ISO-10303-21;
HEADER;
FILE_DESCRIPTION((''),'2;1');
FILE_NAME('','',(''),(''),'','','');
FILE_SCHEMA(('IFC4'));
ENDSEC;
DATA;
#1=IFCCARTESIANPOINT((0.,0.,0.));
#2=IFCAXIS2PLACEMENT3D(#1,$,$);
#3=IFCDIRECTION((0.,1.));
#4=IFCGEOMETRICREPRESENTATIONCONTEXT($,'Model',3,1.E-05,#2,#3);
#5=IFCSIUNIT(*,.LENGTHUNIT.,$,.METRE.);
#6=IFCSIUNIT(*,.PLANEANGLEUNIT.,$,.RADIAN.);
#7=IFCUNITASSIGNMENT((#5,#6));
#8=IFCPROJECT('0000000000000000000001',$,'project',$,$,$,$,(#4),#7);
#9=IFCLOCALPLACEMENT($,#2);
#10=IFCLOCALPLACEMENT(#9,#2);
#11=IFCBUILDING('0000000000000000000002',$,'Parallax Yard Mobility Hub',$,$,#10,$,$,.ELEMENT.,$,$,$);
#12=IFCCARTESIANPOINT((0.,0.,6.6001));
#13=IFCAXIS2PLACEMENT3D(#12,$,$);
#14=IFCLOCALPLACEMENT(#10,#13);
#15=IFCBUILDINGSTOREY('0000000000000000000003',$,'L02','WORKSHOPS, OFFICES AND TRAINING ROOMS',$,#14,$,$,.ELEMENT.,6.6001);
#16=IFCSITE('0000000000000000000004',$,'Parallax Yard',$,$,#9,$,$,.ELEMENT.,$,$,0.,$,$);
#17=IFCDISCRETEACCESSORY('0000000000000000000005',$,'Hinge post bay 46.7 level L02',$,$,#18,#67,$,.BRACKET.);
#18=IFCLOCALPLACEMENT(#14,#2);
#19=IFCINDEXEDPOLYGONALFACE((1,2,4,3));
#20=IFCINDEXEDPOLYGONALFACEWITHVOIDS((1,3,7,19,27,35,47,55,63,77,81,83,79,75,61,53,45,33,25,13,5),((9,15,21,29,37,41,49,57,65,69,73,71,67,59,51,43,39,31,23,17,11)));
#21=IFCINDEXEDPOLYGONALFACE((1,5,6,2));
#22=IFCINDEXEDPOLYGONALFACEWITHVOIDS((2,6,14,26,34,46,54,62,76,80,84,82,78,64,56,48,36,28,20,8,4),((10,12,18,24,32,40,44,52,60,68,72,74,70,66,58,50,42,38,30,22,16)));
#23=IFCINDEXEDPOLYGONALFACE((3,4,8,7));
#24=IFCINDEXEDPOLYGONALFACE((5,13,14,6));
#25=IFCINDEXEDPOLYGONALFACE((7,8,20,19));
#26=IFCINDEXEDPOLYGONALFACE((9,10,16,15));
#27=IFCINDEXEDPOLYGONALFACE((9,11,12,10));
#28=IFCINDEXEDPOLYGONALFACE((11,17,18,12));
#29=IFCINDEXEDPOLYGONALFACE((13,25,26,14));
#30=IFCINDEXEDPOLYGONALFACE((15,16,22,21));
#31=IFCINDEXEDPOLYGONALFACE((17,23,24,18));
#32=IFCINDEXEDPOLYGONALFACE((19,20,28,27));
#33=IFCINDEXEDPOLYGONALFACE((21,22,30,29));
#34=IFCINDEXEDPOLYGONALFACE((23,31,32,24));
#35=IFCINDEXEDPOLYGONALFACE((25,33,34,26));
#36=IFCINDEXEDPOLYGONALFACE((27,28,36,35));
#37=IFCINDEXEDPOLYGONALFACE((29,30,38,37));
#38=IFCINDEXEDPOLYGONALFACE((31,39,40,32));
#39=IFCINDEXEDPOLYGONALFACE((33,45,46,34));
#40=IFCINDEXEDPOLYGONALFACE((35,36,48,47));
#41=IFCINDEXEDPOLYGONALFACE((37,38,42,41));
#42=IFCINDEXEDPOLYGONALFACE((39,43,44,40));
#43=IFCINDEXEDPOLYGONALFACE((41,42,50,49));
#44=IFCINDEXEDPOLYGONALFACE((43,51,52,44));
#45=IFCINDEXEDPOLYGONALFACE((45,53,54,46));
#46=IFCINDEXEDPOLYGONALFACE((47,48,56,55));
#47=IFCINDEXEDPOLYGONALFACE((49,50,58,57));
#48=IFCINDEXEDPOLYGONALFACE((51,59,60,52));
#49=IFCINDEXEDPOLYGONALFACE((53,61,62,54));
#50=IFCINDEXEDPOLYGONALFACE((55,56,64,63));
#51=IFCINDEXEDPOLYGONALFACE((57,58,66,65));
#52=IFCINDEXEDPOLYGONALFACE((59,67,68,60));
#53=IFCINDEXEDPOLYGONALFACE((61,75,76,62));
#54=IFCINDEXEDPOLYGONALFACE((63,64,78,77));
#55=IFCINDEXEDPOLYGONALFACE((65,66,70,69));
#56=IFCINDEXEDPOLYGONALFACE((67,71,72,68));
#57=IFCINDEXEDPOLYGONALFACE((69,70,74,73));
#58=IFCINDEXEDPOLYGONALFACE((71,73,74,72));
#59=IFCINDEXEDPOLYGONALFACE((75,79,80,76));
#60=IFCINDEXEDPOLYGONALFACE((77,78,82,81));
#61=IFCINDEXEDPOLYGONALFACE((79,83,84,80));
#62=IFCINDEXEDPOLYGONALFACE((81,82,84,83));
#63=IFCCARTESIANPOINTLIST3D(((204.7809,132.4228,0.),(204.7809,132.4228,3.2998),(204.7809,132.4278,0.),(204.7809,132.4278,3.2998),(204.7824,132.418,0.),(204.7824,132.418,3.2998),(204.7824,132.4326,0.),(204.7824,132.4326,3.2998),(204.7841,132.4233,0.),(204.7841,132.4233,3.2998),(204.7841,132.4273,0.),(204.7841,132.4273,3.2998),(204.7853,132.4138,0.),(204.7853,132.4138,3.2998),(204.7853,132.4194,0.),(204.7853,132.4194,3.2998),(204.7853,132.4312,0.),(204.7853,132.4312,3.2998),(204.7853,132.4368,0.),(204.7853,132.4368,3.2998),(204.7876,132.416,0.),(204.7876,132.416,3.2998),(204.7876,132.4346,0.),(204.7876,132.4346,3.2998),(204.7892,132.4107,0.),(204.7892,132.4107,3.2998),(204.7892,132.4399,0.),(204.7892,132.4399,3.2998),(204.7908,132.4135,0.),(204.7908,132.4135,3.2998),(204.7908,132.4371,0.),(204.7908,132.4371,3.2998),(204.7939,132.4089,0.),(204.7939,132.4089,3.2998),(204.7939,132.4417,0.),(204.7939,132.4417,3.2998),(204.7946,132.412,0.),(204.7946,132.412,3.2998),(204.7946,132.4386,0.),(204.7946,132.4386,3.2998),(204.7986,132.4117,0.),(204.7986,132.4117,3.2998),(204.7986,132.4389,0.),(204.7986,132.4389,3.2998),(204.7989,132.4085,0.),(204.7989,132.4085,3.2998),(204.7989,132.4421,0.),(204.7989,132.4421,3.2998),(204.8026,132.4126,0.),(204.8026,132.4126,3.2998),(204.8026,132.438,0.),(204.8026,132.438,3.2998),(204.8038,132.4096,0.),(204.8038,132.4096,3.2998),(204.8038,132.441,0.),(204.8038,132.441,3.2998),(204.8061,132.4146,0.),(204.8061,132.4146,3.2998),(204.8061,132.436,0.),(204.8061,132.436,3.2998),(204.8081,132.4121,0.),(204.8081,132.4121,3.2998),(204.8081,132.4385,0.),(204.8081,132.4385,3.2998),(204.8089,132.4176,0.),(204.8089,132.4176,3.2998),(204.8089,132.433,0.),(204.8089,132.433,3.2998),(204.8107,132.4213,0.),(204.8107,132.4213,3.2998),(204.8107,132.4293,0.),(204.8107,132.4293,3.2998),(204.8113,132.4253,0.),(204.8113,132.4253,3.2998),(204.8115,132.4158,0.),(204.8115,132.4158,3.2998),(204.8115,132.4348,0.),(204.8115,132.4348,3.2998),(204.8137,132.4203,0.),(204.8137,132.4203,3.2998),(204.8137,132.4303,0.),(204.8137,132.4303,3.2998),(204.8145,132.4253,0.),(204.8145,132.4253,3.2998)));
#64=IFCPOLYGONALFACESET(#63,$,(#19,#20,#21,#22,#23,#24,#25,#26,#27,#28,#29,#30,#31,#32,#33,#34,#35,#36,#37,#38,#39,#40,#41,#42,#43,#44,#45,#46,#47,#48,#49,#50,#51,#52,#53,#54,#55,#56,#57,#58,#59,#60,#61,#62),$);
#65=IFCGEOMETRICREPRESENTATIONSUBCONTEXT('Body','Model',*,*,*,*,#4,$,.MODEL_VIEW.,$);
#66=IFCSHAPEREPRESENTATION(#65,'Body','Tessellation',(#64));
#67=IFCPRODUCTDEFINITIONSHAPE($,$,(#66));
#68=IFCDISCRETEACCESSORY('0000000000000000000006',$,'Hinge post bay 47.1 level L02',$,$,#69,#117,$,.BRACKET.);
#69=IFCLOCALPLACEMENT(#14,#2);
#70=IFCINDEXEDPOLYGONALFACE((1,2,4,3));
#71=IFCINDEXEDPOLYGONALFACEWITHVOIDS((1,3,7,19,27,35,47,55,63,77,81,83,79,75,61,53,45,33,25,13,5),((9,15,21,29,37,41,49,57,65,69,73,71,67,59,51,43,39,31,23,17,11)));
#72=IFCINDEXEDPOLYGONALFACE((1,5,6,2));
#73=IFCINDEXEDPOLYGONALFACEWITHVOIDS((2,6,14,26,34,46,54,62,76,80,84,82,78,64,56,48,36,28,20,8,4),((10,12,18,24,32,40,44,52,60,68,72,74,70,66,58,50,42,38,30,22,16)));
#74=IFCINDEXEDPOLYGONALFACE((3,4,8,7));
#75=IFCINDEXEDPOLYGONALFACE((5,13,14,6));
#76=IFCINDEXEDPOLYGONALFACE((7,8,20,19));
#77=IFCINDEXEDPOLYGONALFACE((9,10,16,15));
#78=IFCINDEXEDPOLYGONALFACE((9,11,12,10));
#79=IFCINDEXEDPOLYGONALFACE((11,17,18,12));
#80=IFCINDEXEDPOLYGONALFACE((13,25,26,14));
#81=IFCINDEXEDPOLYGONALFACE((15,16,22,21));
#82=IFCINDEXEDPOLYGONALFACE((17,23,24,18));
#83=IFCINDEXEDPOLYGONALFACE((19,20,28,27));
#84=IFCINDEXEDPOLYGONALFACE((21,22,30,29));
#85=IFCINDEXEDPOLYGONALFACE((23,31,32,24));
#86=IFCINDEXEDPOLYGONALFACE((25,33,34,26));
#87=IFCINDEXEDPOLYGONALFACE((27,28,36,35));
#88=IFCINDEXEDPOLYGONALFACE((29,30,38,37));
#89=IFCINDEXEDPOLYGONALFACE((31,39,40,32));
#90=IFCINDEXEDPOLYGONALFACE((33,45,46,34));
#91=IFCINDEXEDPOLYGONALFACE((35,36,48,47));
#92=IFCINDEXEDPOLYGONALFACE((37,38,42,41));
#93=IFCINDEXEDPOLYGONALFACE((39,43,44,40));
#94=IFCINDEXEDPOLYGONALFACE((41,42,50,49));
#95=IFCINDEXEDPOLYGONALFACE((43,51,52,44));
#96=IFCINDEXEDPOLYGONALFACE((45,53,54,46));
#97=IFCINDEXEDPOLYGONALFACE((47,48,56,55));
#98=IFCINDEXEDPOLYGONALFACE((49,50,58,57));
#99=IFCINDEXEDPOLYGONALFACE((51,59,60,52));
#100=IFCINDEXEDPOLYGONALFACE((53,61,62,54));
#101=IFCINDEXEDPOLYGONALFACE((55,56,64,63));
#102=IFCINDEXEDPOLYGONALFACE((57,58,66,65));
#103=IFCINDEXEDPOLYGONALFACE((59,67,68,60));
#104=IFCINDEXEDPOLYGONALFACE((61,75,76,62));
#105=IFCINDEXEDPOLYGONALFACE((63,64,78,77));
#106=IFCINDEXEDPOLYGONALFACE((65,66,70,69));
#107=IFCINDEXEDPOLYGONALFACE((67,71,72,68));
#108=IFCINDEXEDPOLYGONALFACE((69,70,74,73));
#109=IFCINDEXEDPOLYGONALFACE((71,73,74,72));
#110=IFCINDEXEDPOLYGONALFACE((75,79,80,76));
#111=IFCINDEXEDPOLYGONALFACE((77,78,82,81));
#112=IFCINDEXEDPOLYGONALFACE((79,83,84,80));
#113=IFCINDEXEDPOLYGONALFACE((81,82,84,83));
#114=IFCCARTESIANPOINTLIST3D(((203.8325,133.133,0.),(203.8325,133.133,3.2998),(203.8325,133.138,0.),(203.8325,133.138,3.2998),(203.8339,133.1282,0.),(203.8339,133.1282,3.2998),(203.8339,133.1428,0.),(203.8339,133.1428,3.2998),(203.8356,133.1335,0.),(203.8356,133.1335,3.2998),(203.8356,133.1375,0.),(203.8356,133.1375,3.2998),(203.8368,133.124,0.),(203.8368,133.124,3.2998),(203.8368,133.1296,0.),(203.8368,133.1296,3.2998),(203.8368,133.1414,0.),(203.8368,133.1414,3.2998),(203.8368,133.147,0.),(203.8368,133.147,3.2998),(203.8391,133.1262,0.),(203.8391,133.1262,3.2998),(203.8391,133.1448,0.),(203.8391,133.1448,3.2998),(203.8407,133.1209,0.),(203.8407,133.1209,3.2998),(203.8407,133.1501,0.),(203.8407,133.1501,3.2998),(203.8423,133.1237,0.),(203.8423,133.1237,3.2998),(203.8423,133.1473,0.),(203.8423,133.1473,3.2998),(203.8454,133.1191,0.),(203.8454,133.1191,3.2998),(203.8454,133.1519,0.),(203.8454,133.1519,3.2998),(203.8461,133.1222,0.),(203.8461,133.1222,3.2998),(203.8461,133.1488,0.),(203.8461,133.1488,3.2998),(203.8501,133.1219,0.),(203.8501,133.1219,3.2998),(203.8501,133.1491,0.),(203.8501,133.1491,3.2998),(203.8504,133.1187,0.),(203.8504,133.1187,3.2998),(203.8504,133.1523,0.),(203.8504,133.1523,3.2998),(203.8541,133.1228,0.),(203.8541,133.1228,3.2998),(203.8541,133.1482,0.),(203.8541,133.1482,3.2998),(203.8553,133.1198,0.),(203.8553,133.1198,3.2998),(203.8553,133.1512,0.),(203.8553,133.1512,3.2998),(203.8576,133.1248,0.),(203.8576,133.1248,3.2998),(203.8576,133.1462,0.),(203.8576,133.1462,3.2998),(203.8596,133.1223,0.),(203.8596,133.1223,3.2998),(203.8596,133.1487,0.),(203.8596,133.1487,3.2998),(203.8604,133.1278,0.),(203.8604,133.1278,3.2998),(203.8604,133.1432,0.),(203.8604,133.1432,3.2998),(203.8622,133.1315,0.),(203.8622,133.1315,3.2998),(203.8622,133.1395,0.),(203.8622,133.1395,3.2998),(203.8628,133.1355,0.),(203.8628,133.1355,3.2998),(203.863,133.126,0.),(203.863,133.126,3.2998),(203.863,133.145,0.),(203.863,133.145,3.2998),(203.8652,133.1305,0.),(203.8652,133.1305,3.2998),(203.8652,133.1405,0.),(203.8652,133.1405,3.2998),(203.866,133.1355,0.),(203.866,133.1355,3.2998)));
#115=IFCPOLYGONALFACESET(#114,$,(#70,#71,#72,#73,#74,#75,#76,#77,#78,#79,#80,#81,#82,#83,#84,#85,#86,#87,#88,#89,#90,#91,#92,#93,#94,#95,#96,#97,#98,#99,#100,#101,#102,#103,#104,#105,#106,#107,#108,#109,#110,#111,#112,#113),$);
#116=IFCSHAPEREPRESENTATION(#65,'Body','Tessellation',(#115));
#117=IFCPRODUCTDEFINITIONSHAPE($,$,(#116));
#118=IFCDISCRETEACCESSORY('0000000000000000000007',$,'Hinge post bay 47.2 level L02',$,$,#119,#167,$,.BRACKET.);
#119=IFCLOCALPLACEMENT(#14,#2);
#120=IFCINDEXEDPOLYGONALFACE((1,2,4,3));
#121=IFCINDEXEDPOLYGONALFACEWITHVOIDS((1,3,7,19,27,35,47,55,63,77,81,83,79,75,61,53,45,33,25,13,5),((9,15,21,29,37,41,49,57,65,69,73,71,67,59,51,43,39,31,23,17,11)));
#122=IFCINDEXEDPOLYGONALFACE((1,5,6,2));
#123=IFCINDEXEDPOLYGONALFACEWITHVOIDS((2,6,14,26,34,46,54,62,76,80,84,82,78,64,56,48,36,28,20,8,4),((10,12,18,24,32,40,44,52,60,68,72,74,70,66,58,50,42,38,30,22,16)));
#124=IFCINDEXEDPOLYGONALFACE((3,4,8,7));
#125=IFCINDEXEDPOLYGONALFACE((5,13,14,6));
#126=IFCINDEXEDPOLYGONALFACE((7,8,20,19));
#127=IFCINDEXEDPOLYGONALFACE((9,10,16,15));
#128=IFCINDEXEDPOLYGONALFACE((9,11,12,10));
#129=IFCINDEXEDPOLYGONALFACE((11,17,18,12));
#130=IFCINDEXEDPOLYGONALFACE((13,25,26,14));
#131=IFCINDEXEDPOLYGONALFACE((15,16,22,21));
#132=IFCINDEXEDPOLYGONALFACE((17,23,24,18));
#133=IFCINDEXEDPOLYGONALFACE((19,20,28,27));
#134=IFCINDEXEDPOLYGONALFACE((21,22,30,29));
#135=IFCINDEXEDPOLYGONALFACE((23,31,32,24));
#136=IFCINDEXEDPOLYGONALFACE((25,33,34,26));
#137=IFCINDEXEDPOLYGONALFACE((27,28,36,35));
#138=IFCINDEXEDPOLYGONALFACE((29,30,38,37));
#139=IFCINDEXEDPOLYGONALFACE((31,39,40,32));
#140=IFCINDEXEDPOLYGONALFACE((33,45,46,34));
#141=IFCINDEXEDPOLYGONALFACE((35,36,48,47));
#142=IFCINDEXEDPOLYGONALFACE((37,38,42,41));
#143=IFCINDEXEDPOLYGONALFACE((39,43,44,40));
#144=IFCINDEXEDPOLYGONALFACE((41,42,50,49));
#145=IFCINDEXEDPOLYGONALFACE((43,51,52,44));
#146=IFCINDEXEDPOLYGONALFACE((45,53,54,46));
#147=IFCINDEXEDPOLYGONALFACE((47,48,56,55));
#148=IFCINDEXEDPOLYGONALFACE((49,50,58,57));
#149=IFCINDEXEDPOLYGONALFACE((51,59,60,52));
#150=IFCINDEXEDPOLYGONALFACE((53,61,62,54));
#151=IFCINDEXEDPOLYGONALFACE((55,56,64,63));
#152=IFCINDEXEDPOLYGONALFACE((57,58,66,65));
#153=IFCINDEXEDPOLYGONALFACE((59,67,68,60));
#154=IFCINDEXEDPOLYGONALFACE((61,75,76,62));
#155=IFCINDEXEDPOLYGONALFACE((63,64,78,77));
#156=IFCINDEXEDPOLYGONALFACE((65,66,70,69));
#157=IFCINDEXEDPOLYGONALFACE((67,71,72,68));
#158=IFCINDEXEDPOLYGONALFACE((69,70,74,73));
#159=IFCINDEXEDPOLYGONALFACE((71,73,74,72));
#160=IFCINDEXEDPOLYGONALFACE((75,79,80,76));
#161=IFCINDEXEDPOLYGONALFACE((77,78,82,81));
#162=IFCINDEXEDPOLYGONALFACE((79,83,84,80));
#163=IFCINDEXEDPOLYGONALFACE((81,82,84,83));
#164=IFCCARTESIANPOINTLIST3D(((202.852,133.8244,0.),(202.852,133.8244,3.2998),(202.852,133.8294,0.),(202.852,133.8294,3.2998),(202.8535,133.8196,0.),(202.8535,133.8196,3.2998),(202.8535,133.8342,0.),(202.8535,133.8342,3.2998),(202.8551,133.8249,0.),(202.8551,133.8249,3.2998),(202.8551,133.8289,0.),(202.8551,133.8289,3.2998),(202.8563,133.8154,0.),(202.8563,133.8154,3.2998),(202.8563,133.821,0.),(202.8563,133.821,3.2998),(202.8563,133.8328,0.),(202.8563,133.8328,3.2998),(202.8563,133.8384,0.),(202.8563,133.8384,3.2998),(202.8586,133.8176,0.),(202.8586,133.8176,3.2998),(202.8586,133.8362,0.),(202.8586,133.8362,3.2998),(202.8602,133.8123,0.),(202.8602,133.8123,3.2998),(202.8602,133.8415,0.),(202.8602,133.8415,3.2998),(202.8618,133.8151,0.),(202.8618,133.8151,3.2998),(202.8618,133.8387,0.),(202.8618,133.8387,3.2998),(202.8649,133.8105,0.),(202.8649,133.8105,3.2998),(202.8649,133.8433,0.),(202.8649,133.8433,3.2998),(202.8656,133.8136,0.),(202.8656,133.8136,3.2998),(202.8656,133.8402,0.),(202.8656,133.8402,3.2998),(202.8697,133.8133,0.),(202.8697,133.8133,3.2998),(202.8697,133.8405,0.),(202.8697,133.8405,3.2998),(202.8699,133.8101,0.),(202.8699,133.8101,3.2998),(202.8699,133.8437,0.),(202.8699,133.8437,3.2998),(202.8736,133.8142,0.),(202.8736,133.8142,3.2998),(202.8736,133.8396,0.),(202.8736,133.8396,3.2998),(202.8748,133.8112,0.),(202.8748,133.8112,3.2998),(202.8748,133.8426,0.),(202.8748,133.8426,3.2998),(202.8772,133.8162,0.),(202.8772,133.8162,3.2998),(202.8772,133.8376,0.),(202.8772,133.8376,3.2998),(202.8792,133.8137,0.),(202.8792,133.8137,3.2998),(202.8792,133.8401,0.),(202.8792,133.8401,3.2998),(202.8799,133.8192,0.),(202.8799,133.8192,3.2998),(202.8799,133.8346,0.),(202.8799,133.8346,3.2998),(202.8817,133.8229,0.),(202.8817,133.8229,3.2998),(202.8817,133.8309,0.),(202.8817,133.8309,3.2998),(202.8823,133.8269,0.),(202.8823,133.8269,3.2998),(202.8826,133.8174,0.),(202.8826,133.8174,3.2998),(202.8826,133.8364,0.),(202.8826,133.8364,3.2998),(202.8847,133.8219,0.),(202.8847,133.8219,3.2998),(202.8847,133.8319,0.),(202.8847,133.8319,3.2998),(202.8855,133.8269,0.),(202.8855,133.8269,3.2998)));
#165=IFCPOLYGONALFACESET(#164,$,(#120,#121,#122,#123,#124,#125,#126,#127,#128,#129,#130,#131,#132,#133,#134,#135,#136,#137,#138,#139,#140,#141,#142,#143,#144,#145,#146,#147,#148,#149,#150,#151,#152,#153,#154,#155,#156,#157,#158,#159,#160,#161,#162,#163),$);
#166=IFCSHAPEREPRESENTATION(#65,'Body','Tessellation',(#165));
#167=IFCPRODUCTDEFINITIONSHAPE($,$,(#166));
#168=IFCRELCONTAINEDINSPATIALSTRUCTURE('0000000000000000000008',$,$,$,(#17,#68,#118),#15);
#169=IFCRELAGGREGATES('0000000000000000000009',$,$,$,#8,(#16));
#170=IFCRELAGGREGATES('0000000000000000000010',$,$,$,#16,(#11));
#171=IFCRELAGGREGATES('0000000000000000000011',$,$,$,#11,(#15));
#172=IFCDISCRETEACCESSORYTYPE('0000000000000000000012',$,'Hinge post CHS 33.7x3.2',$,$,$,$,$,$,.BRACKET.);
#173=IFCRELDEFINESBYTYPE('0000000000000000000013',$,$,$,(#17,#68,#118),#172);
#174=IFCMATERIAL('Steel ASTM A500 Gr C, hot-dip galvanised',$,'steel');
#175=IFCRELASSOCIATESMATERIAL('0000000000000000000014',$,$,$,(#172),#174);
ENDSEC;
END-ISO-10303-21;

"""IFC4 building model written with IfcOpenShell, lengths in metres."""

from ifc_helpers import new_model, si_unit, direction, frame, origin, origin_2d, place, context, subcontext, project, spatial, hollow_circle, extrude, material, material_profile, profile_set, type_object, element, save


model = new_model("IFC4")

# Units and contexts
model_context = context("Model", 3, precision=1e-05, world=origin(), true_north=direction((0.0, 1.0)))
body_context = subcontext(model_context, "Body", "Model", "MODEL_VIEW")
ifc_project = project(units=[si_unit("LENGTHUNIT", "METRE"), si_unit("PLANEANGLEUNIT", "RADIAN")], contexts=[model_context])

# Site, building, storey
site_placement = place(None, origin())
site = spatial("IfcSite", under=ifc_project, at=site_placement, Name="Parallax Yard", CompositionType="ELEMENT", RefElevation=0.0)
building_placement = place(site_placement, origin())
building = spatial("IfcBuilding", under=site, at=building_placement, Name="Parallax Yard Mobility Hub", CompositionType="ELEMENT")
storey_placement = place(building_placement, frame((0.0, 0.0, 6.6001)))
storey = spatial("IfcBuildingStorey", under=building, at=storey_placement, Name="L02", Description="WORKSHOPS, OFFICES AND TRAINING ROOMS", CompositionType="ELEMENT", Elevation=6.6001)

# Discrete accessories
ifc_material_1 = material(Name="Steel ASTM A500 Gr C, hot-dip galvanised", Category="steel")
ifc_material_profile_1 = material_profile(ifc_material_1, hollow_circle(Radius=0.0168, WallThickness=0.0032, at=origin_2d()), Name="CHS 33.7x3.2")
ifc_profile_set_1 = profile_set([ifc_material_profile_1], Name="Steel ASTM A500 Gr C, hot-dip galvanised")
discrete_accessory_type_1 = type_object("IfcDiscreteAccessoryType", Name="Hinge post CHS 33.7x3.2", PredefinedType="BRACKET", material=ifc_profile_set_1)
for number, where, z_axis, x_axis, name in (
    (1, (204.7976, 132.4253, 0.0), (0.0, 0.0, 1.0), (1.0, 0.0, 0.0), "Hinge post bay 46.7 level L02"),
    (2, (203.8491, 133.1355, 0.0), (0.0, 0.0, 1.0), (1.0, 0.0, 0.0), "Hinge post bay 47.1 level L02"),
    (3, (202.8687, 133.8269, 0.0), (0.0, 0.0, 1.0), (1.0, 0.0, 0.0), "Hinge post bay 47.2 level L02"),
):
    element("IfcDiscreteAccessory", number, at=place(storey_placement, frame(where, z_axis=z_axis, x_axis=x_axis)), inside=storey, type_object=discrete_accessory_type_1, Name=name, PredefinedType="BRACKET", context=body_context, shape_type="SweptSolid", body=[
        extrude(hollow_circle(Radius=0.0168, WallThickness=0.0032, at=origin_2d()), origin(), (0.0, 0.0, 1.0), 3.2998),
    ])

save(model, "model.ifc")
